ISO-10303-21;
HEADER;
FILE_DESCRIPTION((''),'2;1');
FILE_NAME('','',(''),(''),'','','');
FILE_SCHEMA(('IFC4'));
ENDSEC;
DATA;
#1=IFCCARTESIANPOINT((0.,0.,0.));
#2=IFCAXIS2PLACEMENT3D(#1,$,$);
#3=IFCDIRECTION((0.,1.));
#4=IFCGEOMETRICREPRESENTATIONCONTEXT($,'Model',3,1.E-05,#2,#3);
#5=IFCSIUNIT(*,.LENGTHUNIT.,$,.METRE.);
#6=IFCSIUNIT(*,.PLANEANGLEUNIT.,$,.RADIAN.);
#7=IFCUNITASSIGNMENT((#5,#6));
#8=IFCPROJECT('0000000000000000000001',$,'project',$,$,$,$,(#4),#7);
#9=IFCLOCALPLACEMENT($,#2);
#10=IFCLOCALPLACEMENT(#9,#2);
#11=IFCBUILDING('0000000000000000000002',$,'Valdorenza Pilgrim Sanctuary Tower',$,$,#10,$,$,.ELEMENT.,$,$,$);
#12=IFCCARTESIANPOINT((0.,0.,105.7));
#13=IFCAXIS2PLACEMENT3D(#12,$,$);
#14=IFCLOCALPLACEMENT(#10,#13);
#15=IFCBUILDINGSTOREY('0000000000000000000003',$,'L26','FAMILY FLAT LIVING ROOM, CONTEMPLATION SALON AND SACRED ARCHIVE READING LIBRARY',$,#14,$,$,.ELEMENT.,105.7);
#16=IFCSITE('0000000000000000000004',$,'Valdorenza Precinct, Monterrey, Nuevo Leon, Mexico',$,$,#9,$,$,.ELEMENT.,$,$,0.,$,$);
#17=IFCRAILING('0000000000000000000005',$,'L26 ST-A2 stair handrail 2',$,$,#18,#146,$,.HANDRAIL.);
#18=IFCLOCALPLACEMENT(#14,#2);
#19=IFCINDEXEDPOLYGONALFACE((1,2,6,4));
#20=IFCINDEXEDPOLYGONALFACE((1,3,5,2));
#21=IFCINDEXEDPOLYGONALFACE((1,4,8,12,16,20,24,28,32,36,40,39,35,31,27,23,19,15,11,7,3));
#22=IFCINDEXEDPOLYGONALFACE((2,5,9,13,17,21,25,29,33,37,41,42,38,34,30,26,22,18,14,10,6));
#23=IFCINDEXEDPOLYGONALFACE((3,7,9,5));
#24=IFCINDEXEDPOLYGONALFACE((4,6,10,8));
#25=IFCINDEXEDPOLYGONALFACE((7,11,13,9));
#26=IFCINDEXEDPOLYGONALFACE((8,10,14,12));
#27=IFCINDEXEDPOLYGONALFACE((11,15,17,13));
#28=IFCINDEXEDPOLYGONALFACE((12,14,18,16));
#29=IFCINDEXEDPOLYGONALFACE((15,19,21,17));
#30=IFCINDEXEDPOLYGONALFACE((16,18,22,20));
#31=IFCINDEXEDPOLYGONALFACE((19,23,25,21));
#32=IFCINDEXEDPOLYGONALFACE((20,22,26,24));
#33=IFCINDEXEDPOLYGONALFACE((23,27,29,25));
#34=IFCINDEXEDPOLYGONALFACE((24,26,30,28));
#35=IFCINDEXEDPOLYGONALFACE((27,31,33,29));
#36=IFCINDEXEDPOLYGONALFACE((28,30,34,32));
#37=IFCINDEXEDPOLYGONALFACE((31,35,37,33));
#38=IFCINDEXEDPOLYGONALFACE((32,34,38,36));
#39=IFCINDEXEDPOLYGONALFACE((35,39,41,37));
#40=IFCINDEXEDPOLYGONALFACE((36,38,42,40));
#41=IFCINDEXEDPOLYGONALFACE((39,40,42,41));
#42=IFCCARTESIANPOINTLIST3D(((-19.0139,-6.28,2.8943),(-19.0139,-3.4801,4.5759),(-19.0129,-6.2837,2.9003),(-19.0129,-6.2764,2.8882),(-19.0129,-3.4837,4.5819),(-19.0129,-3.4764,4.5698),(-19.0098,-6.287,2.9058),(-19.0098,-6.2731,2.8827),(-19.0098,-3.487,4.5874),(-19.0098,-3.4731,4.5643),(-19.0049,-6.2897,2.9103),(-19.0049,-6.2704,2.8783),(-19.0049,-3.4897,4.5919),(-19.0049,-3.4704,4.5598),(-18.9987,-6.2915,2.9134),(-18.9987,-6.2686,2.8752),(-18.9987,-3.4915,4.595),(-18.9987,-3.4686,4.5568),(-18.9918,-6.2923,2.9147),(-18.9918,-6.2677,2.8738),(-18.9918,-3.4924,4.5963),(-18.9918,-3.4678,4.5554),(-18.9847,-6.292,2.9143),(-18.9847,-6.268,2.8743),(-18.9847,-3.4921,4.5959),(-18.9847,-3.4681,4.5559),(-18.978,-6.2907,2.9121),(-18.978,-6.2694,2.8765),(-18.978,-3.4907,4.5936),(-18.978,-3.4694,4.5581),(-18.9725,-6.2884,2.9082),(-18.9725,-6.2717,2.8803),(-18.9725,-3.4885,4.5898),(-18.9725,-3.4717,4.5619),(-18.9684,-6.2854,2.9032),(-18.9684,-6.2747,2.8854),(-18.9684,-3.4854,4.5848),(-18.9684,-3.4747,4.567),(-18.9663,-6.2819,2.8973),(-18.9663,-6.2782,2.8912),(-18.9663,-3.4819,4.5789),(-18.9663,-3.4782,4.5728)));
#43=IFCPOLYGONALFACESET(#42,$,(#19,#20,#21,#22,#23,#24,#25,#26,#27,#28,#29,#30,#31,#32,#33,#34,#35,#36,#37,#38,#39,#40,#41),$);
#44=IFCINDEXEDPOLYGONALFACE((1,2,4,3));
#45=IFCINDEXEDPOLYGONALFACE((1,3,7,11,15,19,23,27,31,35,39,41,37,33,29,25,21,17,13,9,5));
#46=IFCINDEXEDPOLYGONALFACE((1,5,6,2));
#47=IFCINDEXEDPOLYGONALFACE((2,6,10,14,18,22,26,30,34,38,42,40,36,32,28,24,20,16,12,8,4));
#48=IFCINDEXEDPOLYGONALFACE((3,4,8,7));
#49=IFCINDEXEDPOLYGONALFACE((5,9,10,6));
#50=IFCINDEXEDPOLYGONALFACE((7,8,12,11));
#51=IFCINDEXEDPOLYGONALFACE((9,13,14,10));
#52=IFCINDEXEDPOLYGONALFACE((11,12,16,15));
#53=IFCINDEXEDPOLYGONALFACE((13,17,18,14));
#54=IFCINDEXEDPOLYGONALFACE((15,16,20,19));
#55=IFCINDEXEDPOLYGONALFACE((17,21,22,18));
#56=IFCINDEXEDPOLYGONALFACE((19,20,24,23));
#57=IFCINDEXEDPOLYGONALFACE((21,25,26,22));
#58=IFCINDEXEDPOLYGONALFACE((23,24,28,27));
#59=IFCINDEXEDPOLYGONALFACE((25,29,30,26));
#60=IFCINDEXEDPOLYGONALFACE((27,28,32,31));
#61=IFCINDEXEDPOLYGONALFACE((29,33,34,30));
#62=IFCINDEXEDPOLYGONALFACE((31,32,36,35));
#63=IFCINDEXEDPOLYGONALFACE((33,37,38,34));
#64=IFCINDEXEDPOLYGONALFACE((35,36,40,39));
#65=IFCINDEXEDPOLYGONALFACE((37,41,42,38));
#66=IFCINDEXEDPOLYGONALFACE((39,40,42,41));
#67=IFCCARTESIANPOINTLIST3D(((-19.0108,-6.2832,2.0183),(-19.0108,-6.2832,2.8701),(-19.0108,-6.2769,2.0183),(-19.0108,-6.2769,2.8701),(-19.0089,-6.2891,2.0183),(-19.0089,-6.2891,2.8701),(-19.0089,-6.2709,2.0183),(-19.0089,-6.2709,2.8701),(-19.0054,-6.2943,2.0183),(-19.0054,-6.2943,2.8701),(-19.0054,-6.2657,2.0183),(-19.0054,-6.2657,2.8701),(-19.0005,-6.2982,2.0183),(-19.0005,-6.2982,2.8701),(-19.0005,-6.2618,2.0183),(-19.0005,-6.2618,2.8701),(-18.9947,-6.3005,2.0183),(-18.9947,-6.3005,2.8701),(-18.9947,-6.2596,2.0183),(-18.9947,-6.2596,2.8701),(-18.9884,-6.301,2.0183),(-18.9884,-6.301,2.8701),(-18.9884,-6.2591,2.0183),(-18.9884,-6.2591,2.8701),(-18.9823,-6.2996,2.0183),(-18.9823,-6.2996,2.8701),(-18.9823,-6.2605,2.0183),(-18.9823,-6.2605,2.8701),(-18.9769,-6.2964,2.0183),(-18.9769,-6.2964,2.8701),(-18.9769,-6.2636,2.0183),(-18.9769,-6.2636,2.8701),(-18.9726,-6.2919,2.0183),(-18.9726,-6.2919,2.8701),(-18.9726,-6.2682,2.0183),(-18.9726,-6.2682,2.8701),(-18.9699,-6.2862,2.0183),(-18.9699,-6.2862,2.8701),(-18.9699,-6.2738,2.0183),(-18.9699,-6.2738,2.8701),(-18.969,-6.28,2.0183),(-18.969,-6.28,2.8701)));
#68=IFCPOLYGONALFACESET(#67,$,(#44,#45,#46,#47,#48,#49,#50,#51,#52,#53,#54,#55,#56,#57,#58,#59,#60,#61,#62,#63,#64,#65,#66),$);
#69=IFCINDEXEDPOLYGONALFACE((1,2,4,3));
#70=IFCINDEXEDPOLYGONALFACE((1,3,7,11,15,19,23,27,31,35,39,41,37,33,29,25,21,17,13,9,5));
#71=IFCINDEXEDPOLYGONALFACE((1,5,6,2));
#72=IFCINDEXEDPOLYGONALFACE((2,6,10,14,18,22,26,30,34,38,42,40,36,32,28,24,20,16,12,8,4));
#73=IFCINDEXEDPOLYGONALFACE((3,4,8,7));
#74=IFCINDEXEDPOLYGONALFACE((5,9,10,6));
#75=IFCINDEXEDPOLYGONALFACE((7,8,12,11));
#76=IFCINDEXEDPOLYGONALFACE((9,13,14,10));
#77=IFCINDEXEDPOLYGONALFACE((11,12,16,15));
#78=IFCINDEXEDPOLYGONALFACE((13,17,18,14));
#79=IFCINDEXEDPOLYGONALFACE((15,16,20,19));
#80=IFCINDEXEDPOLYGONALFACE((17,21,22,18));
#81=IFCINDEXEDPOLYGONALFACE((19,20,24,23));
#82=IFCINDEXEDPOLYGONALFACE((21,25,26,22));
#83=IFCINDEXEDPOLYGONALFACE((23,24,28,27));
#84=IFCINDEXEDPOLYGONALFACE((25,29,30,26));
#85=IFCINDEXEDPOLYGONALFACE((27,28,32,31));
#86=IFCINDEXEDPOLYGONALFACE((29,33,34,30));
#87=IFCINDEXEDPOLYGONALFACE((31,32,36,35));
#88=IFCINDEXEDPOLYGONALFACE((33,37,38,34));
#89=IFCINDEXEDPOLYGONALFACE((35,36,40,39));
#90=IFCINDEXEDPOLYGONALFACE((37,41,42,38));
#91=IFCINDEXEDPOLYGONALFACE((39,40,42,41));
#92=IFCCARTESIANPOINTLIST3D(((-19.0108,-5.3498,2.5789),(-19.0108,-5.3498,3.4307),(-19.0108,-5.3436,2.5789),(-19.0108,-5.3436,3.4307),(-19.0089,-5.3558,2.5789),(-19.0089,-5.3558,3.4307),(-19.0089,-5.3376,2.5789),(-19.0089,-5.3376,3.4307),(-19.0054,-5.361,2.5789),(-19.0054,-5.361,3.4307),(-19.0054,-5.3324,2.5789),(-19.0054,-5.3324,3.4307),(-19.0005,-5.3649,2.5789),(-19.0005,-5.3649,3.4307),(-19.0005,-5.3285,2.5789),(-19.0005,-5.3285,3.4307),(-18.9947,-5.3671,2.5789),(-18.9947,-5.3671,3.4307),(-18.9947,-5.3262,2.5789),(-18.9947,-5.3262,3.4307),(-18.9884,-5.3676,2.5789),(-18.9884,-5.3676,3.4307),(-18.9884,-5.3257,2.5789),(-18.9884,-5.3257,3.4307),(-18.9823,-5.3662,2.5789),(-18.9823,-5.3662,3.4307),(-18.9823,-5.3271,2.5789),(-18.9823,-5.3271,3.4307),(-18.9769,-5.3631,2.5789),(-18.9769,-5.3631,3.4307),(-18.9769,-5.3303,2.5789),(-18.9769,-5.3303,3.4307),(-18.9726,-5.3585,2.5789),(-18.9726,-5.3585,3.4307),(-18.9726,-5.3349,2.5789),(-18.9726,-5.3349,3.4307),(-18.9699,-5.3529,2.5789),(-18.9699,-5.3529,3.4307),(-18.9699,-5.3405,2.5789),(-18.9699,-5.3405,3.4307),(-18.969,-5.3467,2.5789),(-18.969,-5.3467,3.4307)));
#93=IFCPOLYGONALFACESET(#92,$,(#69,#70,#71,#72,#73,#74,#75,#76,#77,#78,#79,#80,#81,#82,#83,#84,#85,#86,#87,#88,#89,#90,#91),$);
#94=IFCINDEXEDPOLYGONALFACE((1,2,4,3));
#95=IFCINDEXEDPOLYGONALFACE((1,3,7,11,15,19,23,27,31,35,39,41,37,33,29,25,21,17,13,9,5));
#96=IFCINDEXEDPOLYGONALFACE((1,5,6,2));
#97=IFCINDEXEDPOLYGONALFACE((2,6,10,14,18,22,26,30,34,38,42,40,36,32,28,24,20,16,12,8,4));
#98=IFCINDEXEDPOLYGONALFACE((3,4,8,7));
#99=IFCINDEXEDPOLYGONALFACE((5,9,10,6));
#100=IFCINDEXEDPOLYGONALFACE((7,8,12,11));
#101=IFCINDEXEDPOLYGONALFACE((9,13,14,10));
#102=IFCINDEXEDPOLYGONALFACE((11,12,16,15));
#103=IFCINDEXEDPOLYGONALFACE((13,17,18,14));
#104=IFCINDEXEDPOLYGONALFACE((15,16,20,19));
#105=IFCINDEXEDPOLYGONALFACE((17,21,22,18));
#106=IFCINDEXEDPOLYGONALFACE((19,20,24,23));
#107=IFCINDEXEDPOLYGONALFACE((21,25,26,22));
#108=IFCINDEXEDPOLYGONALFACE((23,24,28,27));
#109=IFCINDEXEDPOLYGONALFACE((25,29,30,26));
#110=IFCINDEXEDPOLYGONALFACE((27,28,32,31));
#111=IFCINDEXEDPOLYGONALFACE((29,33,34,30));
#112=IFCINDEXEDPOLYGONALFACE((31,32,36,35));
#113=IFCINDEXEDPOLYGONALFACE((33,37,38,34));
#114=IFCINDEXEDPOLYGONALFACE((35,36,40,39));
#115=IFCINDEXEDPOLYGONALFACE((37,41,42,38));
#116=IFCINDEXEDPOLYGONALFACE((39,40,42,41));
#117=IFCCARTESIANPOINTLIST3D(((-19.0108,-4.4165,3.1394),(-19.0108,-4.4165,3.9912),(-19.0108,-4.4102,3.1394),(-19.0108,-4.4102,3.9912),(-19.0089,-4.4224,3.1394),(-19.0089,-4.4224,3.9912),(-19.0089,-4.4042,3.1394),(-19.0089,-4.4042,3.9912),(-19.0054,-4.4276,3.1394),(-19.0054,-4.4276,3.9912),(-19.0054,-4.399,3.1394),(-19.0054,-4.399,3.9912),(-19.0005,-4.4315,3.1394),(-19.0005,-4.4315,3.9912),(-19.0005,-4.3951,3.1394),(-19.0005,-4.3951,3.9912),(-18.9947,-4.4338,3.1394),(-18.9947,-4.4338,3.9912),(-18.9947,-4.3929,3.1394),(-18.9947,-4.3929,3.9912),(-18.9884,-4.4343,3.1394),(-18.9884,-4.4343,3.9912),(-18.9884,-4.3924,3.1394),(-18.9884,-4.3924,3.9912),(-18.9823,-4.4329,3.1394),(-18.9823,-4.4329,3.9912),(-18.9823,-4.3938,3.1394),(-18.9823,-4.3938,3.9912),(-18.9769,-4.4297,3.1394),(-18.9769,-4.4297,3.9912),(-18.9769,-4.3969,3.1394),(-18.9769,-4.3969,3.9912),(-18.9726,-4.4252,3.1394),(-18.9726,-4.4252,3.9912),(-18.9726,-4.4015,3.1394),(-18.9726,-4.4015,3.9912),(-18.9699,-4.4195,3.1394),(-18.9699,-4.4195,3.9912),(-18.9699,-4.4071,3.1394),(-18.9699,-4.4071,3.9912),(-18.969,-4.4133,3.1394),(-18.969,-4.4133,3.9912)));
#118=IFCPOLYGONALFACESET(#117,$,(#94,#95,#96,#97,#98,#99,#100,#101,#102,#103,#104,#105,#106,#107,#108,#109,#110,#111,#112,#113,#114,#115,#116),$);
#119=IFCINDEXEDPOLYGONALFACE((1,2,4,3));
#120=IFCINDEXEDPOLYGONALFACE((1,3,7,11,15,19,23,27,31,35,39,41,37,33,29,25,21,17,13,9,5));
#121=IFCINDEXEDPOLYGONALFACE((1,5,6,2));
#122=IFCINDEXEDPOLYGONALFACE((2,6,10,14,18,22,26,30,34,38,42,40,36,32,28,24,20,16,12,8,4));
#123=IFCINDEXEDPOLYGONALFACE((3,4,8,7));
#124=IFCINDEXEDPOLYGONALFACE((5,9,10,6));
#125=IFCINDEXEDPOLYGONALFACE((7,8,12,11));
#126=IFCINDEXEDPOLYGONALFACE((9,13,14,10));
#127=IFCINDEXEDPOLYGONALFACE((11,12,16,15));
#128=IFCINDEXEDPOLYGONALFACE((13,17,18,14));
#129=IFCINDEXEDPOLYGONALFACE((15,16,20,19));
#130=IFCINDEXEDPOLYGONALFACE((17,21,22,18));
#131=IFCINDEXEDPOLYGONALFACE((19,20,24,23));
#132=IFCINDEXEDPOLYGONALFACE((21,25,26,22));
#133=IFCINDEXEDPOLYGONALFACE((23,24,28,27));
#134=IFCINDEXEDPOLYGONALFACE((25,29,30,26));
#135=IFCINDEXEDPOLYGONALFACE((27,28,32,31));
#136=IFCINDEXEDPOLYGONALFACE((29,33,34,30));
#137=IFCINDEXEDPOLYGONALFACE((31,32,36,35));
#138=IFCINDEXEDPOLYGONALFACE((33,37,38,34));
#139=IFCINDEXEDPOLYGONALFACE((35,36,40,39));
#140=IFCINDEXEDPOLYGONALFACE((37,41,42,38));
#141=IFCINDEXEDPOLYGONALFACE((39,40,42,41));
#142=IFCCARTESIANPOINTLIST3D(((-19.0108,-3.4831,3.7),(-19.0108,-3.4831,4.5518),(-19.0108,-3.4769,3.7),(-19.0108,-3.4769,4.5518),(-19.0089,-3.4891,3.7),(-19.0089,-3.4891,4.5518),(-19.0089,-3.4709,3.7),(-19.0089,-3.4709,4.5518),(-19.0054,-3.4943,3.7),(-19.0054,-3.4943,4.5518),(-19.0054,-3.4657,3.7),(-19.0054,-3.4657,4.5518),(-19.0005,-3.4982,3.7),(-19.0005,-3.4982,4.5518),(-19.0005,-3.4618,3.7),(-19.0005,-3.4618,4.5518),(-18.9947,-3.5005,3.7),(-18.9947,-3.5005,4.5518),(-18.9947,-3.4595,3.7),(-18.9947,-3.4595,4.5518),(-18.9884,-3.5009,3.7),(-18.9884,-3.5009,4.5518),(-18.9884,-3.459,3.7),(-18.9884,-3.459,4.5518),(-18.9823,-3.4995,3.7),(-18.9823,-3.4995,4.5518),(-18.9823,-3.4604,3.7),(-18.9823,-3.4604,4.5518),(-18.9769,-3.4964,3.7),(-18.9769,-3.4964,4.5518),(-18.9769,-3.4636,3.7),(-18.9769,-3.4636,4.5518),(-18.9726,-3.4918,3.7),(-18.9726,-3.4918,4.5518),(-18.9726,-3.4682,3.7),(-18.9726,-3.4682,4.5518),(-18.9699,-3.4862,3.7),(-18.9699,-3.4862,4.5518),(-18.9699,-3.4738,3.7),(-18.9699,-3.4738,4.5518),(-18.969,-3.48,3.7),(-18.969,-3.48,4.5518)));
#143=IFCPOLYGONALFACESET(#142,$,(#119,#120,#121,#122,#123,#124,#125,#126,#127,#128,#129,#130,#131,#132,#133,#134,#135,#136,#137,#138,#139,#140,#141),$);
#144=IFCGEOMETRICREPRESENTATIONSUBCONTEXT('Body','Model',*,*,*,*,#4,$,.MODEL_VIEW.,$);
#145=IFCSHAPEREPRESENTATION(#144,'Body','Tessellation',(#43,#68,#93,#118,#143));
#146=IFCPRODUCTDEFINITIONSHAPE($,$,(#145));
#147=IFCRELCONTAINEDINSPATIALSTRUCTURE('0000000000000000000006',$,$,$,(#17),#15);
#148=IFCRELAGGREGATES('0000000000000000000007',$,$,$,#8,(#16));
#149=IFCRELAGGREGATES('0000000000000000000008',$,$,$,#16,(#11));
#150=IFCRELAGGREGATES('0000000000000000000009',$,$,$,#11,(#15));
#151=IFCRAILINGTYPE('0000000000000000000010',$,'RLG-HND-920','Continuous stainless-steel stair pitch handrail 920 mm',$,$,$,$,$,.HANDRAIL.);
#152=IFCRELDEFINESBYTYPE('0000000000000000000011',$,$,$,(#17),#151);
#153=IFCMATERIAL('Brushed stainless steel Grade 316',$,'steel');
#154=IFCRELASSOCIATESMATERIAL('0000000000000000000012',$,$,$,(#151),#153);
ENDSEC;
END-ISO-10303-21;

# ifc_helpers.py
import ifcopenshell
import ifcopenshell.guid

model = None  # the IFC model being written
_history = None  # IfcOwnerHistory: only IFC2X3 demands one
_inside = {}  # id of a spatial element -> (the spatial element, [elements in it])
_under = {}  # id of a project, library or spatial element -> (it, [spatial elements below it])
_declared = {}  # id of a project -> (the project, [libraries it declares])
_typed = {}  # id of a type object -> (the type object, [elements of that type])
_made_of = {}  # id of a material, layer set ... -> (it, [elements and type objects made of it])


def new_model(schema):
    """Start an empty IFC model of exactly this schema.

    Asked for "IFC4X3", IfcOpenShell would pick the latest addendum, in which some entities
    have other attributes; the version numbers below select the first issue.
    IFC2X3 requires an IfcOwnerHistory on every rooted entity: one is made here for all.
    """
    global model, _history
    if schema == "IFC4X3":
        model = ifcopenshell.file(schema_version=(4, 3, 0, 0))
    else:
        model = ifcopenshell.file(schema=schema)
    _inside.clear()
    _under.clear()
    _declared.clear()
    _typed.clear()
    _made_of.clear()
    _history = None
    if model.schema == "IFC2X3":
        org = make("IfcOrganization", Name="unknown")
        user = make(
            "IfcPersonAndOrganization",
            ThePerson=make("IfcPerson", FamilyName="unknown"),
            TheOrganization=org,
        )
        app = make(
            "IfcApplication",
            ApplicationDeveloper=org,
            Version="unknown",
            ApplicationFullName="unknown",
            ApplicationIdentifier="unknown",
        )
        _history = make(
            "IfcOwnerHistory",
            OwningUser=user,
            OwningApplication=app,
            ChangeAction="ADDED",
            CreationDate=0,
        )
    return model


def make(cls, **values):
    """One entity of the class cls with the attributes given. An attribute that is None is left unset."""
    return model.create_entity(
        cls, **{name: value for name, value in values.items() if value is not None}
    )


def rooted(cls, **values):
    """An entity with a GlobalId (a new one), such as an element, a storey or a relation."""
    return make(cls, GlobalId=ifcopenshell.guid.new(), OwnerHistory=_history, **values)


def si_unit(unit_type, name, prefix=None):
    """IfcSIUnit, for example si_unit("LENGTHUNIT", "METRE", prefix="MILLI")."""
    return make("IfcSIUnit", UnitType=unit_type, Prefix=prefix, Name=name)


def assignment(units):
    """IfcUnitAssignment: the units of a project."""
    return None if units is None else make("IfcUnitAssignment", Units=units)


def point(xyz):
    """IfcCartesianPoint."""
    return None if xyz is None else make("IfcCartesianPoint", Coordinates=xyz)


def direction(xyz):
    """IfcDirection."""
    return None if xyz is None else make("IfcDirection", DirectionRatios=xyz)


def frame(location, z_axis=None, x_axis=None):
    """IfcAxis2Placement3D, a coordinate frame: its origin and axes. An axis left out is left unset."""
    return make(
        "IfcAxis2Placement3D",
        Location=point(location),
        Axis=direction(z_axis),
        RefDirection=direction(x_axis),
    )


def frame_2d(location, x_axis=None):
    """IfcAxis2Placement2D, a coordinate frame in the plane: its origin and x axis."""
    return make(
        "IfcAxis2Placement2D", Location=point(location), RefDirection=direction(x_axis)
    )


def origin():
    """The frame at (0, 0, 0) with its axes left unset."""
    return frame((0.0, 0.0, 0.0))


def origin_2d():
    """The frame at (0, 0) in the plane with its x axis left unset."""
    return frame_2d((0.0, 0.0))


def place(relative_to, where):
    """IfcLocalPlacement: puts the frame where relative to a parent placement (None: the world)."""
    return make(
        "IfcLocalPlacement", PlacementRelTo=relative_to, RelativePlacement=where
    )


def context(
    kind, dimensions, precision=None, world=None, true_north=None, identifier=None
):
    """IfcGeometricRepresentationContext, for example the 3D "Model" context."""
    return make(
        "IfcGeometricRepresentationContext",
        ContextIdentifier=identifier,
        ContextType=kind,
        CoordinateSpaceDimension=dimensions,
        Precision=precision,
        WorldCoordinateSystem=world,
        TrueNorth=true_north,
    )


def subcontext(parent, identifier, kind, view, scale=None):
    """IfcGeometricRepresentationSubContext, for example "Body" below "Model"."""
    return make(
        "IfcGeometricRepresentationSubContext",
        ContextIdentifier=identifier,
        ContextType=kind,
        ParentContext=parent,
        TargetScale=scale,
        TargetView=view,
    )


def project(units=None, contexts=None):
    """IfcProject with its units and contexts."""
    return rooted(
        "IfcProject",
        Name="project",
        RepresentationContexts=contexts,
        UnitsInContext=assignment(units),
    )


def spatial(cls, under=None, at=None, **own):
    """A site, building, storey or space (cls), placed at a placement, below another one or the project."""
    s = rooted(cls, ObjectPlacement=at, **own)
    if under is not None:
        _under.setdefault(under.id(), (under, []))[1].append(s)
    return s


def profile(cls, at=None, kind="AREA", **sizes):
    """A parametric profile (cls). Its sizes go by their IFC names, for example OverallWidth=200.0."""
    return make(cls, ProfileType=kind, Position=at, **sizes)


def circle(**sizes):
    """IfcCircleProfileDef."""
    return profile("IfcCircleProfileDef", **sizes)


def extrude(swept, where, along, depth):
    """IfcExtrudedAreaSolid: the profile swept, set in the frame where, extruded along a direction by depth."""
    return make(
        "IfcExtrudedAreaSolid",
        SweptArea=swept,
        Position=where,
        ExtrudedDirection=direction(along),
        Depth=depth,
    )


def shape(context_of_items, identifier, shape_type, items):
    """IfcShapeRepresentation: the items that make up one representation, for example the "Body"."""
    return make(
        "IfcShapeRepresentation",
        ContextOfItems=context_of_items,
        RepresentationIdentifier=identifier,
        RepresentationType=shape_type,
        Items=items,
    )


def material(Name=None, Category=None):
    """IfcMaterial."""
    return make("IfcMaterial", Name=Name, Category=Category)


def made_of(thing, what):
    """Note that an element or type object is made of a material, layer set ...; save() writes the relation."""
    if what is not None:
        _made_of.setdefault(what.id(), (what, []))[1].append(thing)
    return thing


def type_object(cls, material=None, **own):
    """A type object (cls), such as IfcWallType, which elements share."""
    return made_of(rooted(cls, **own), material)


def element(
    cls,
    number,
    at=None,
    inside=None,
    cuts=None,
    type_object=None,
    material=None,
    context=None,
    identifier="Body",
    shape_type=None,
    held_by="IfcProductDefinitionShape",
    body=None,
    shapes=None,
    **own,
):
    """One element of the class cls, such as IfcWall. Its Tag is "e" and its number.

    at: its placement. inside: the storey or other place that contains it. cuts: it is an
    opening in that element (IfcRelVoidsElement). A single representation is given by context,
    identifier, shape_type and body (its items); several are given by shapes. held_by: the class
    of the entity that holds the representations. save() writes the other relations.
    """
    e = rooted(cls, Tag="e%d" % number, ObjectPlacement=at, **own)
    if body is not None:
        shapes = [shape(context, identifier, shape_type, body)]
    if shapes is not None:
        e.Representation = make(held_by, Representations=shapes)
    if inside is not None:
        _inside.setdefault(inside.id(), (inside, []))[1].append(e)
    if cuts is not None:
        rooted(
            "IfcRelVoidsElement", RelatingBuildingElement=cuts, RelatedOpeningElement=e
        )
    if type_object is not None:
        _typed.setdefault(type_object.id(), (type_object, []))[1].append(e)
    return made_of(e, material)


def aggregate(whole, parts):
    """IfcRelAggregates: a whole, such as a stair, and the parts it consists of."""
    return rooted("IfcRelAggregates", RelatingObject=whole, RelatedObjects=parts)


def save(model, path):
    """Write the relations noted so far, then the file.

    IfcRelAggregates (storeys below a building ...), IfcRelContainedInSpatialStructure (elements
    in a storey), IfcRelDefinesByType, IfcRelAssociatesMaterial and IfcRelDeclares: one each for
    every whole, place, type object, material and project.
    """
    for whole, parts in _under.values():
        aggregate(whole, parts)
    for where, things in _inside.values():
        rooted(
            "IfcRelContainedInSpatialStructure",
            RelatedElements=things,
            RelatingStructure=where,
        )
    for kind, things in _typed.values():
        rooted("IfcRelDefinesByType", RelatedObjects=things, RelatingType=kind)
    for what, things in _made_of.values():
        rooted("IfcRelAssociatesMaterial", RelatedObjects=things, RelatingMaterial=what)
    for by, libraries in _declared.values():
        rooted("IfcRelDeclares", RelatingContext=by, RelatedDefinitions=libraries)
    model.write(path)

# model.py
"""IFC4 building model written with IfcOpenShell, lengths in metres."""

from ifc_helpers import new_model, si_unit, direction, frame, origin, origin_2d, place, context, subcontext, project, spatial, circle, extrude, material, type_object, element, save


model = new_model("IFC4")

# Units and contexts
model_context = context("Model", 3, precision=1e-05, world=origin(), true_north=direction((0.0, 1.0)))
body_context = subcontext(model_context, "Body", "Model", "MODEL_VIEW")
ifc_project = project(units=[si_unit("LENGTHUNIT", "METRE"), si_unit("PLANEANGLEUNIT", "RADIAN")], contexts=[model_context])

# Site, building, storey
site_placement = place(None, origin())
site = spatial("IfcSite", under=ifc_project, at=site_placement, Name="Valdorenza Precinct, Monterrey, Nuevo Leon, Mexico", CompositionType="ELEMENT", RefElevation=0.0)
building_placement = place(site_placement, origin())
building = spatial("IfcBuilding", under=site, at=building_placement, Name="Valdorenza Pilgrim Sanctuary Tower", CompositionType="ELEMENT")
storey_placement = place(building_placement, frame((0.0, 0.0, 105.7)))
storey = spatial("IfcBuildingStorey", under=building, at=storey_placement, Name="L26", Description="FAMILY FLAT LIVING ROOM, CONTEMPLATION SALON AND SACRED ARCHIVE READING LIBRARY", CompositionType="ELEMENT", Elevation=105.7)

# Shared definitions
ifc_material_1 = material(Name="Brushed stainless steel Grade 316", Category="steel")

# Railing
railing_type_1 = type_object("IfcRailingType", Name="RLG-HND-920", Description="Continuous stainless-steel stair pitch handrail 920 mm", PredefinedType="HANDRAIL", material=ifc_material_1)
railing_1_placement = place(storey_placement, frame((-18.99, -6.28, 2.0183)))
element("IfcRailing", 1, at=railing_1_placement, inside=storey, type_object=railing_type_1, Name="L26 ST-A2 stair handrail 2", PredefinedType="HANDRAIL", context=body_context, shape_type="SweptSolid", body=[
    extrude(circle(Radius=0.0239, at=origin_2d()), frame((0.0, 0.0, 0.876), z_axis=(0.0, 0.857275, 0.514858), x_axis=(-1.0, 0.0, 0.0)), (0.0, 0.0, 1.0), 3.2661),
    extrude(circle(Radius=0.021, at=origin_2d()), origin(), (0.0, 0.0, 1.0), 0.8518),
    extrude(circle(Radius=0.021, at=origin_2d()), frame((0.0, 0.9333, 0.5605)), (0.0, 0.0, 1.0), 0.8518),
    extrude(circle(Radius=0.021, at=origin_2d()), frame((0.0, 1.8667, 1.1211)), (0.0, 0.0, 1.0), 0.8518),
    extrude(circle(Radius=0.021, at=origin_2d()), frame((0.0, 2.8, 1.6816)), (0.0, 0.0, 1.0), 0.8518),
])

save(model, "model.ifc")
